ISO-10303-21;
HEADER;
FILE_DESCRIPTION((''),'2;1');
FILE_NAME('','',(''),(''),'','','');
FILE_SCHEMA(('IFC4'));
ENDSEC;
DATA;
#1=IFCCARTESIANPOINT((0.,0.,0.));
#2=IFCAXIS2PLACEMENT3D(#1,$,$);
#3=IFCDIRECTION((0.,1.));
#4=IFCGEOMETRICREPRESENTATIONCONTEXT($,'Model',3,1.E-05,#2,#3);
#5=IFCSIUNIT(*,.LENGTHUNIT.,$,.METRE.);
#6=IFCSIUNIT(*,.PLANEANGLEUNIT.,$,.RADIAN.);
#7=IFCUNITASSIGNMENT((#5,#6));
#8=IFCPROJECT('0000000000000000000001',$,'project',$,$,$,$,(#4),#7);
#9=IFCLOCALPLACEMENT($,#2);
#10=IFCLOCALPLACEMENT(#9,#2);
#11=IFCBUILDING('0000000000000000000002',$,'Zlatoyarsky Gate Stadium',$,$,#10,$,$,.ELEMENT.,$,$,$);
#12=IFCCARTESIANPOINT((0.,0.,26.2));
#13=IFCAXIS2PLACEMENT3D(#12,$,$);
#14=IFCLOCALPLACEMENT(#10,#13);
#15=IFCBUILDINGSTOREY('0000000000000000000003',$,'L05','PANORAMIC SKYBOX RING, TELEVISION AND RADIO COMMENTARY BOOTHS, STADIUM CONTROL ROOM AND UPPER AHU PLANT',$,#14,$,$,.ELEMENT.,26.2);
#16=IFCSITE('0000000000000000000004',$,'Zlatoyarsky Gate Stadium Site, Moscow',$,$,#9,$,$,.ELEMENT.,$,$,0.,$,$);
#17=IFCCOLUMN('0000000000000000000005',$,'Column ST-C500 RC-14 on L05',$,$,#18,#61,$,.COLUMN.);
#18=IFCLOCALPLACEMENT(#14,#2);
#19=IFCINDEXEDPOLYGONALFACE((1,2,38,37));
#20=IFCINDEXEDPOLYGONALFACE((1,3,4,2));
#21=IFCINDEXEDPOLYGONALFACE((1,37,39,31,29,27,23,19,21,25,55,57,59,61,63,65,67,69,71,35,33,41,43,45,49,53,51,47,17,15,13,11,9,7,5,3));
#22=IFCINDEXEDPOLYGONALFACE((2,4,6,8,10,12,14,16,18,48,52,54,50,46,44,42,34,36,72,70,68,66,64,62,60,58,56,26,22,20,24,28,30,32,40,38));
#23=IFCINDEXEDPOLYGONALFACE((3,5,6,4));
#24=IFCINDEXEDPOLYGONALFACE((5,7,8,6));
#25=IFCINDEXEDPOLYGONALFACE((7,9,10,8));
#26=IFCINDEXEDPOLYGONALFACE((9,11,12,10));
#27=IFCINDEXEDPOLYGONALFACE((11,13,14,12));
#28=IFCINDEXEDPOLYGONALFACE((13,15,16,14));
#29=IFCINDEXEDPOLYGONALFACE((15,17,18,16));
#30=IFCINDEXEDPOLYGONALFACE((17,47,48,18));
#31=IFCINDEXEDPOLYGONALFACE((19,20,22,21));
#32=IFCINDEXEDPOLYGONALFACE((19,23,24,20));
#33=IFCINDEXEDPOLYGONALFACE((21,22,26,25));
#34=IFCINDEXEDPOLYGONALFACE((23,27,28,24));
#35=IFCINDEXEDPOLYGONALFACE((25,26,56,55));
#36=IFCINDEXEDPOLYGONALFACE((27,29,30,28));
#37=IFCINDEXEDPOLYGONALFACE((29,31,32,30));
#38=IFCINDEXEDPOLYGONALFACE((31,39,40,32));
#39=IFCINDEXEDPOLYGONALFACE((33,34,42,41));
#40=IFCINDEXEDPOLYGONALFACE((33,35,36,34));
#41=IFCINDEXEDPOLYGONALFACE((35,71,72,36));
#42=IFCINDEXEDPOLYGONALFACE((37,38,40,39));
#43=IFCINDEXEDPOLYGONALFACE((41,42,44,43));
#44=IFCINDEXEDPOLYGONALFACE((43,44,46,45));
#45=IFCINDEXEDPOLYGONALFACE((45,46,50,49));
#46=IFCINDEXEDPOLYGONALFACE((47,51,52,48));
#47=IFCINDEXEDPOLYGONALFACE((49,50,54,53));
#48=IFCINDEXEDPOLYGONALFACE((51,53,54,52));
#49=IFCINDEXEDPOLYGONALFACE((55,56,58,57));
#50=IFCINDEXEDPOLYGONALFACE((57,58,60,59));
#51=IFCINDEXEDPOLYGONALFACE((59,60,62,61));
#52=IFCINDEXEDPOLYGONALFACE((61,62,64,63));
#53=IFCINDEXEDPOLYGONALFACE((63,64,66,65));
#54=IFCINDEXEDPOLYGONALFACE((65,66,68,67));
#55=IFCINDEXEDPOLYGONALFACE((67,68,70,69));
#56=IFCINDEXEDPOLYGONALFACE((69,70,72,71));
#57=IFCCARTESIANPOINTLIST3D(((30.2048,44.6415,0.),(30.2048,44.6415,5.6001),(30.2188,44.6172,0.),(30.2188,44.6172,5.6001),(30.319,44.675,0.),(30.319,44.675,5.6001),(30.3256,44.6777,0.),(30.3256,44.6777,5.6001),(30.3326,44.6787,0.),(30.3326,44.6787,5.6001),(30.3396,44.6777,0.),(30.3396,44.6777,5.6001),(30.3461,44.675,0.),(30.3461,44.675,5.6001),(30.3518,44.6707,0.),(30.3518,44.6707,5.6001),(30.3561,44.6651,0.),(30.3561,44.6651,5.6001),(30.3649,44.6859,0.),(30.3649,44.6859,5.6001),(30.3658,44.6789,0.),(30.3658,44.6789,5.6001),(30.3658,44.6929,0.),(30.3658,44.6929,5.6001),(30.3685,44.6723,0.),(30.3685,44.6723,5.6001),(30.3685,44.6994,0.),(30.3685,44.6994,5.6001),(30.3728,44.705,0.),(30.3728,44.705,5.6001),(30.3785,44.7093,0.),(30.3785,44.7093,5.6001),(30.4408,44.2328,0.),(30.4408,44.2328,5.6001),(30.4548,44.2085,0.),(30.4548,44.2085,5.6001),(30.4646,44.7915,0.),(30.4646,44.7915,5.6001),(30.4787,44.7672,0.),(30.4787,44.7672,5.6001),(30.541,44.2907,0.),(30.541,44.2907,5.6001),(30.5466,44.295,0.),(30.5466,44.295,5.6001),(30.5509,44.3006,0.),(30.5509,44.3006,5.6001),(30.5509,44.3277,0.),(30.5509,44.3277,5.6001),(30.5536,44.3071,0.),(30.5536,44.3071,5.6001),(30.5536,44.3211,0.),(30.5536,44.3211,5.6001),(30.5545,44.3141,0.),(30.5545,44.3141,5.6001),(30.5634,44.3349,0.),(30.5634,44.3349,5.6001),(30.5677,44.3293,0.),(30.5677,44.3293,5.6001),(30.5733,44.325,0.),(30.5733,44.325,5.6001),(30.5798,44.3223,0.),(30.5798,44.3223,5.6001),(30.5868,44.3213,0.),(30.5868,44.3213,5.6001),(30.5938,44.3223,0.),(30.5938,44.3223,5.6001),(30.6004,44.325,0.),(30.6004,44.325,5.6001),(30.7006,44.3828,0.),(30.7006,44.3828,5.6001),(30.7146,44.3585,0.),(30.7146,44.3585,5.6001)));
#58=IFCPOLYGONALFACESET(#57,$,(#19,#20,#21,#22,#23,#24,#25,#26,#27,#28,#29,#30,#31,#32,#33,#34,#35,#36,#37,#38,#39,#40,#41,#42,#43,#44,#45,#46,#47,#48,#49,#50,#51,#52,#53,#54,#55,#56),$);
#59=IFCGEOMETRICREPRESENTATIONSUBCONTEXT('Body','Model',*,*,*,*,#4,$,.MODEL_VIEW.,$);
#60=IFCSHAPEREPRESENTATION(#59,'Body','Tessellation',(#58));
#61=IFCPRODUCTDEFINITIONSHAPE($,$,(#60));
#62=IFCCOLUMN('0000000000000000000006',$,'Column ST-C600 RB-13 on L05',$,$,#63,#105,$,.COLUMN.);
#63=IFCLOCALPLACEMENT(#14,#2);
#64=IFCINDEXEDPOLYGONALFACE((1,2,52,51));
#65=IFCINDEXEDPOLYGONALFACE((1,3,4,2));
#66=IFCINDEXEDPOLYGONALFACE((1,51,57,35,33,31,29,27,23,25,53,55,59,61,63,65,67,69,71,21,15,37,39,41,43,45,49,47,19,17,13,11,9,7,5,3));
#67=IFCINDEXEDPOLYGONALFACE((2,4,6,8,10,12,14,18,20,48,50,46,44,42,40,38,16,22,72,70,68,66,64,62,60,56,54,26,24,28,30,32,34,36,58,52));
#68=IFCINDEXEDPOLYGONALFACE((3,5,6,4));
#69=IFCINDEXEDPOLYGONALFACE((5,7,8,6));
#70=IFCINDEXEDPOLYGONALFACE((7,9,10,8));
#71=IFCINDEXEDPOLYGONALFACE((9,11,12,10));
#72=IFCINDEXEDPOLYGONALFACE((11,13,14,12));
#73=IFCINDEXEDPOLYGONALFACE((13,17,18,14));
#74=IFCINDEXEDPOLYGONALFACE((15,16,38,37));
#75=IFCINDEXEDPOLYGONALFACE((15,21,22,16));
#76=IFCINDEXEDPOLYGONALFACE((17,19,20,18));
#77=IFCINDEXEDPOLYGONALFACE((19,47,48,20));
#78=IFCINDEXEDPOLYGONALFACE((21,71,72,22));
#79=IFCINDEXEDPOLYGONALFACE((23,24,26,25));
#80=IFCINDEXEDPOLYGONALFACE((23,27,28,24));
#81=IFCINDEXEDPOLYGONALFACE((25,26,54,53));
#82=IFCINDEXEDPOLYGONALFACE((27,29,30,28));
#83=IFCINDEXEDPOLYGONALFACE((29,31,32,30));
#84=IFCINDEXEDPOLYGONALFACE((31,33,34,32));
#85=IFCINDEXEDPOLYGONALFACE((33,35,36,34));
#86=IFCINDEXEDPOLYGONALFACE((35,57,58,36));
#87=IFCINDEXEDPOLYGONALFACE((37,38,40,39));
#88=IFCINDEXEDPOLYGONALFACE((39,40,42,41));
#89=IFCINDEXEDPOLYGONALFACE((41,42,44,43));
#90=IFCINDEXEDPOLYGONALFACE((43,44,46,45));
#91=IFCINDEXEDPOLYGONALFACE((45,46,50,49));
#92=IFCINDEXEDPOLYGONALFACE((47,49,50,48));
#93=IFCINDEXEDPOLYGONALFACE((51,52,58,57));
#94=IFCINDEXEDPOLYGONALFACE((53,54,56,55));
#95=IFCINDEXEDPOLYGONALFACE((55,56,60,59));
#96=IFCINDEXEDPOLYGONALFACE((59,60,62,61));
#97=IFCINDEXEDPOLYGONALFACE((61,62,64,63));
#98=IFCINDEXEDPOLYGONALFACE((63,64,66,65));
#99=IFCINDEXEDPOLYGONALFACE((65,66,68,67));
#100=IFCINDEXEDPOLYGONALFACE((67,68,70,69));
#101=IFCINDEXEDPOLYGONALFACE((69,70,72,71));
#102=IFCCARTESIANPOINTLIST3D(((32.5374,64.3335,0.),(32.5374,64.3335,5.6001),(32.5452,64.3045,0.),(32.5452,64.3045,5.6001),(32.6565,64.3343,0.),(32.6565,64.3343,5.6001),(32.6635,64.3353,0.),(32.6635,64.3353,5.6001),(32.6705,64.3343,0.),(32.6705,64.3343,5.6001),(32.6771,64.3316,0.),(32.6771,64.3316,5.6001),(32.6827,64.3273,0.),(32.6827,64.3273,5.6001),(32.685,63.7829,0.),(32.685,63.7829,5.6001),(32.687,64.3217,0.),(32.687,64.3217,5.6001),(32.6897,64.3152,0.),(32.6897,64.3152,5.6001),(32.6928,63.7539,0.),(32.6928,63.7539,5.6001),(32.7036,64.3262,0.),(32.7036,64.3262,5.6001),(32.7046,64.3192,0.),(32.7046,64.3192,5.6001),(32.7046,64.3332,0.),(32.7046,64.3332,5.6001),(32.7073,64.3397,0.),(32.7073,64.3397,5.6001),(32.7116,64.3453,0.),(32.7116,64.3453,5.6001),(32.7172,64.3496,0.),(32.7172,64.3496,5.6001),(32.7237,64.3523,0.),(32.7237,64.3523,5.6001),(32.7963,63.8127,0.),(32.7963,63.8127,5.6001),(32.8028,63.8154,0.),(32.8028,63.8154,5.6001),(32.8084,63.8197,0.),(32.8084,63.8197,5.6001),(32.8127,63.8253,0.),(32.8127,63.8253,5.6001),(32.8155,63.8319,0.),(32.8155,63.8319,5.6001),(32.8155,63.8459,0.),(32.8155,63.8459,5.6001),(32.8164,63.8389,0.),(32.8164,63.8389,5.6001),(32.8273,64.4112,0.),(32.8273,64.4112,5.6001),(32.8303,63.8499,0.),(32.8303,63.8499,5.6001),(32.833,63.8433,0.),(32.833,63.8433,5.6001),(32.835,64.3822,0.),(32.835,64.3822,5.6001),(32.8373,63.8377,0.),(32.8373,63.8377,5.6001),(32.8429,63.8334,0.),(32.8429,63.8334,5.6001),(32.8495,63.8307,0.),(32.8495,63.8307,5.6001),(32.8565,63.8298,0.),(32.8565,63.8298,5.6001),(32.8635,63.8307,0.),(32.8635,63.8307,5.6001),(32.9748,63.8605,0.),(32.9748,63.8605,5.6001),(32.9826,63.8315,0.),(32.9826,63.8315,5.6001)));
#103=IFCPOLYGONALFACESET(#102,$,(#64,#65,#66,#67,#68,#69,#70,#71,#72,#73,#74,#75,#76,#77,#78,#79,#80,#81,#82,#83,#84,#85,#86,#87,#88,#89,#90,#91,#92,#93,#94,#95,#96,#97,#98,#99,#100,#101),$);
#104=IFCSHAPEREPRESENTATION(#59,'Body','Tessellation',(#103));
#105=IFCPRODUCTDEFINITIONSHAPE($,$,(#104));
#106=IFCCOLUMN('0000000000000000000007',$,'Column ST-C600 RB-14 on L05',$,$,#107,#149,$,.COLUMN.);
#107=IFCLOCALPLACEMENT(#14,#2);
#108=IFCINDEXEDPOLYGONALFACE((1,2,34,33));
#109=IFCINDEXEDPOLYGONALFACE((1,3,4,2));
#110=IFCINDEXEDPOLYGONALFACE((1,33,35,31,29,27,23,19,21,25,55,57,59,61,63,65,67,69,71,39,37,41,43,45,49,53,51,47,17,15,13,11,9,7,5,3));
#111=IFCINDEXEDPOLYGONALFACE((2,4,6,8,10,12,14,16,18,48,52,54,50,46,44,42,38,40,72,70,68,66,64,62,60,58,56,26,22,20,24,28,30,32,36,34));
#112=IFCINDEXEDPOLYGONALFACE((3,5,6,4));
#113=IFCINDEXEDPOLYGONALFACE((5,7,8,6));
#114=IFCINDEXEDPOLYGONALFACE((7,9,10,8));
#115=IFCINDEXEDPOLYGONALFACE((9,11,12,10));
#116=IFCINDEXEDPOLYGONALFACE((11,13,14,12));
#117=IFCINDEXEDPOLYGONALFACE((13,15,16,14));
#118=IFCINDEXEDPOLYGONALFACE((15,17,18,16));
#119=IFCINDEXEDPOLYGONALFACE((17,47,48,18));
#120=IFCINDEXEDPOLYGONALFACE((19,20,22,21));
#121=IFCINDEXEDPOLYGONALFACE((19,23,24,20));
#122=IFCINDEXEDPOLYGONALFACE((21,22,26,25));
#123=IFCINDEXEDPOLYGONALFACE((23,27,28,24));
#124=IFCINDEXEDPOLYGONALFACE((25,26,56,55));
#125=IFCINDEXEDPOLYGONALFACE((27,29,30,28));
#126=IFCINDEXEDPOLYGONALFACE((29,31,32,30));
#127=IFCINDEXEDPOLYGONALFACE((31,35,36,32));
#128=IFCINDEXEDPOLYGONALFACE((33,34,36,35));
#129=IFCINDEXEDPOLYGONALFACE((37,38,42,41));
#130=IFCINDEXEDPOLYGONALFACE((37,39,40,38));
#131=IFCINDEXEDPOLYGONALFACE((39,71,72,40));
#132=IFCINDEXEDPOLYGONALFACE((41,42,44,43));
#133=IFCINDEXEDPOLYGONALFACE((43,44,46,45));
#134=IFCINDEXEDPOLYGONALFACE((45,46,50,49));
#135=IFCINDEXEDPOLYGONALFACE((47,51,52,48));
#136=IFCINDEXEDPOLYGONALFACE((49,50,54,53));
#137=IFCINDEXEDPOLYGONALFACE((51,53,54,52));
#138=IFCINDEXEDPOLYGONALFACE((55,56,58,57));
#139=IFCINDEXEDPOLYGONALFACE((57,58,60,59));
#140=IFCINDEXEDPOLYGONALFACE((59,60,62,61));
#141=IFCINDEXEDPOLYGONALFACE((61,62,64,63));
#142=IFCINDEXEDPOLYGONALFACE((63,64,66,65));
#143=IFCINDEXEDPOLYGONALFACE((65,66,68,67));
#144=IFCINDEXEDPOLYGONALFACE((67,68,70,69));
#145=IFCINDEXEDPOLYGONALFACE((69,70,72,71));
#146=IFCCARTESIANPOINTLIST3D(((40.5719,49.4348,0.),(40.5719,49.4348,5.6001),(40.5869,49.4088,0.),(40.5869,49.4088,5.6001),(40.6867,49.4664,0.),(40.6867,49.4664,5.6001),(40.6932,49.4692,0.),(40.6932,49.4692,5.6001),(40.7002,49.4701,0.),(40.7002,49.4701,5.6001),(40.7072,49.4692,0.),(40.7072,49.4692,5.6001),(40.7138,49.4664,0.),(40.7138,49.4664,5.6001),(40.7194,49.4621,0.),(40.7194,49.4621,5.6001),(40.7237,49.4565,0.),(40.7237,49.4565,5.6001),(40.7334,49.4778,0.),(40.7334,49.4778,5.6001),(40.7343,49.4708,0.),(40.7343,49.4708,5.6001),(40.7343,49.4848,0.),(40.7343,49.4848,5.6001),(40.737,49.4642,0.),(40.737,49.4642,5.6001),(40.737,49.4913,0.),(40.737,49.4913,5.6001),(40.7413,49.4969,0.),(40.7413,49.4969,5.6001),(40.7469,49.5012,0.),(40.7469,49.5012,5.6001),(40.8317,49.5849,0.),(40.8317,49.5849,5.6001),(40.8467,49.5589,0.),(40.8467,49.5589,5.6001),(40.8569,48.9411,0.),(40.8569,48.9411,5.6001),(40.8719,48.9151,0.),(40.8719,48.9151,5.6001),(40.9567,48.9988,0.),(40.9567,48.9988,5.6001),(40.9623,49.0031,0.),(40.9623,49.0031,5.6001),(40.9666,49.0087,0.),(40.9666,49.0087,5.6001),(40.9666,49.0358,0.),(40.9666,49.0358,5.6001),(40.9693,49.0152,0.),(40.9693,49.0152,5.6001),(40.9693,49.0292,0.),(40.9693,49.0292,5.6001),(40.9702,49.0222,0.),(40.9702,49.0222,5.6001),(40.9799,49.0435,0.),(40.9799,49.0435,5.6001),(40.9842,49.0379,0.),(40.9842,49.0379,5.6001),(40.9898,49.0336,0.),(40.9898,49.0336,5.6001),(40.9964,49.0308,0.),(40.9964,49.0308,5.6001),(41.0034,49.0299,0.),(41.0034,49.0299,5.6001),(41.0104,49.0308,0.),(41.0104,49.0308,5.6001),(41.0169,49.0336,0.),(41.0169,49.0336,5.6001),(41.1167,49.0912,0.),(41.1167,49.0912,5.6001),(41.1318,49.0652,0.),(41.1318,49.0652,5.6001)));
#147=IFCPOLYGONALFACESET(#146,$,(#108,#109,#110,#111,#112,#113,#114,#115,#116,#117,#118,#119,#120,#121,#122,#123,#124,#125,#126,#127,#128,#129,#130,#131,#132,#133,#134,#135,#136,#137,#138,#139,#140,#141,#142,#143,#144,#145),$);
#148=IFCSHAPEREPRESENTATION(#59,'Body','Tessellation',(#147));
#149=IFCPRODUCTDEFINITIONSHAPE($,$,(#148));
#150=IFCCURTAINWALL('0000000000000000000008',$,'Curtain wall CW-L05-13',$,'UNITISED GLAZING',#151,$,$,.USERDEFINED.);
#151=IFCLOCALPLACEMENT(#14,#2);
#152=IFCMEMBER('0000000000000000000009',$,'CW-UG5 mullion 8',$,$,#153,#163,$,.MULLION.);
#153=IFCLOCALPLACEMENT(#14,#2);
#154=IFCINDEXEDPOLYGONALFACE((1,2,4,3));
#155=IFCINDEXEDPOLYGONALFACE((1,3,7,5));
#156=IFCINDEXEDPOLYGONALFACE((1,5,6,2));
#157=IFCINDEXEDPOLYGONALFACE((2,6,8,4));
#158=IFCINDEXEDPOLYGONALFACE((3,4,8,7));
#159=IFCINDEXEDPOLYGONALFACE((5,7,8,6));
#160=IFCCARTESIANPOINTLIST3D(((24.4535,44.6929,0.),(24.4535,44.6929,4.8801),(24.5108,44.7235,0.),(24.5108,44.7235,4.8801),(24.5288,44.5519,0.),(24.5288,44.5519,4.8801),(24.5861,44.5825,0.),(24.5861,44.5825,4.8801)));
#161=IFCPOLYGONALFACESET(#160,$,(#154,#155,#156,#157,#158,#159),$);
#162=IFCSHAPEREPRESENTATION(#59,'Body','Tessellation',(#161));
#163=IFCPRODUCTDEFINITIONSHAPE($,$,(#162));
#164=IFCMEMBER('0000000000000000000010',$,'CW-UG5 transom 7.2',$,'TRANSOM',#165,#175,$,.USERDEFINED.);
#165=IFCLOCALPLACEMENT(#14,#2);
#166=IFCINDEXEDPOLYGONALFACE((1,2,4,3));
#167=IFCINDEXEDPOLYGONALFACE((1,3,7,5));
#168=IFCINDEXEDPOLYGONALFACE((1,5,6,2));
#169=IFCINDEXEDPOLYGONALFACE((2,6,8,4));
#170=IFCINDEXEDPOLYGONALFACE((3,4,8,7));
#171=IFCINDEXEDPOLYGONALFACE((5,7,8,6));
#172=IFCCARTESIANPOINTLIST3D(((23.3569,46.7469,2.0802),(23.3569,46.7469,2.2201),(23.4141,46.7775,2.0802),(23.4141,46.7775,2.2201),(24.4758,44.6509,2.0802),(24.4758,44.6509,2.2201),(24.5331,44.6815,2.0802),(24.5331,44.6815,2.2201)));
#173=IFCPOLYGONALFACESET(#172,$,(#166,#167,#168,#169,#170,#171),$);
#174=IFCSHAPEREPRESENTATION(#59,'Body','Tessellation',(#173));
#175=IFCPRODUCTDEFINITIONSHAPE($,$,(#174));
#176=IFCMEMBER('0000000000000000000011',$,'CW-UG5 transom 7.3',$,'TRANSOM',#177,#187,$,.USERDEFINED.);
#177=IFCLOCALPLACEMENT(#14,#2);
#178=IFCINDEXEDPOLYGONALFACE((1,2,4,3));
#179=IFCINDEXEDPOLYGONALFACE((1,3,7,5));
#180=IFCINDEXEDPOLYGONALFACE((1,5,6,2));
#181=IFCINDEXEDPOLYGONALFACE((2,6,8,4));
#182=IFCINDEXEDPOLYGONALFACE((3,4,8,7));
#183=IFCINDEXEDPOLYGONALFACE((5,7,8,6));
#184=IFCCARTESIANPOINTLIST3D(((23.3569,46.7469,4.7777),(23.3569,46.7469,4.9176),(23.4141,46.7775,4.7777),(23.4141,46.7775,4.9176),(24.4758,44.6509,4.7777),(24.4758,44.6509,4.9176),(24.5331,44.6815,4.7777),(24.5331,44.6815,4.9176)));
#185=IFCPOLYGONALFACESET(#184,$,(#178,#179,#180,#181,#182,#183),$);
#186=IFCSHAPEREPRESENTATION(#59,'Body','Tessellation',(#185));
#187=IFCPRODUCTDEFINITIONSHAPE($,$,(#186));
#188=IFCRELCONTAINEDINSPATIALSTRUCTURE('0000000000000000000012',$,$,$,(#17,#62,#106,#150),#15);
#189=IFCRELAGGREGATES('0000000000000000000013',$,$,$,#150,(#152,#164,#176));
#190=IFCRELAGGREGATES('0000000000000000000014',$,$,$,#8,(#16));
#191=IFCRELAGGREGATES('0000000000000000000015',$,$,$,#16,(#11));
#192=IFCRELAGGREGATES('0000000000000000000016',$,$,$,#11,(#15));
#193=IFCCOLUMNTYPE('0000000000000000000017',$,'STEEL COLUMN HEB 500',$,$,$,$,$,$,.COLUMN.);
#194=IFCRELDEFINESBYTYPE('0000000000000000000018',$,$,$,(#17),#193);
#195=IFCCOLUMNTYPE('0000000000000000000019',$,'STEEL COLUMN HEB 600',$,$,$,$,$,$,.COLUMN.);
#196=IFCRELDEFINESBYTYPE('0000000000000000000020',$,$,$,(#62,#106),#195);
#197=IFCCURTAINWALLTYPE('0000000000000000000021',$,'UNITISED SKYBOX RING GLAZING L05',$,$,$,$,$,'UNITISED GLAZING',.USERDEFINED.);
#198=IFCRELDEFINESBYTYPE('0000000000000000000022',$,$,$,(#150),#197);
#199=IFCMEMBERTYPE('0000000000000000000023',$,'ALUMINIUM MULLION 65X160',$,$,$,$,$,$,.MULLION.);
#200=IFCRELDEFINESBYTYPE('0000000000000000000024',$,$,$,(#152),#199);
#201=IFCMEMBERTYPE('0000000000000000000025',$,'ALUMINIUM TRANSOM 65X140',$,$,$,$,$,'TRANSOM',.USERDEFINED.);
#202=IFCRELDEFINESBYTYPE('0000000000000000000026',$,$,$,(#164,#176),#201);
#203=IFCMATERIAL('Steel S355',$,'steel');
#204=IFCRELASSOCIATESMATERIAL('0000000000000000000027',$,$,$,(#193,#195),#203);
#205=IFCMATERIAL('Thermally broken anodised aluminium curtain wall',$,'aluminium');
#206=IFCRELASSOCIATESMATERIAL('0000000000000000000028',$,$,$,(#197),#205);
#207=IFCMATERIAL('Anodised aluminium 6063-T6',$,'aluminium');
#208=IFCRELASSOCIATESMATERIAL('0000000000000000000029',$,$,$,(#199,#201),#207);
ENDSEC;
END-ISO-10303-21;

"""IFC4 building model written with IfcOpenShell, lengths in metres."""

from ifc_helpers import new_model, si_unit, direction, frame, origin, origin_2d, place, context, subcontext, project, spatial, rectangle, i_section, extrude, material, material_profile, profile_set, type_object, element, aggregate, save


model = new_model("IFC4")

# Units and contexts
model_context = context("Model", 3, precision=1e-05, world=origin(), true_north=direction((0.0, 1.0)))
body_context = subcontext(model_context, "Body", "Model", "MODEL_VIEW")
ifc_project = project(units=[si_unit("LENGTHUNIT", "METRE"), si_unit("PLANEANGLEUNIT", "RADIAN")], contexts=[model_context])

# Site, building, storey
site_placement = place(None, origin())
site = spatial("IfcSite", under=ifc_project, at=site_placement, Name="Zlatoyarsky Gate Stadium Site, Moscow", CompositionType="ELEMENT", RefElevation=0.0)
building_placement = place(site_placement, origin())
building = spatial("IfcBuilding", under=site, at=building_placement, Name="Zlatoyarsky Gate Stadium", CompositionType="ELEMENT")
storey_placement = place(building_placement, frame((0.0, 0.0, 26.2)))
storey = spatial("IfcBuildingStorey", under=building, at=storey_placement, Name="L05", Description="PANORAMIC SKYBOX RING, TELEVISION AND RADIO COMMENTARY BOOTHS, STADIUM CONTROL ROOM AND UPPER AHU PLANT", CompositionType="ELEMENT", Elevation=26.2)

# Columns
ifc_material_1 = material(Name="Steel S355", Category="steel")
ifc_material_profile_1 = material_profile(ifc_material_1, i_section(OverallWidth=0.3, OverallDepth=0.5, WebThickness=0.0144, FlangeThickness=0.0281, FilletRadius=0.0271, at=origin_2d()), Name="HEB 500")
ifc_profile_set_1 = profile_set([ifc_material_profile_1], Name="Steel S355")
column_type_1 = type_object("IfcColumnType", Name="STEEL COLUMN HEB 500", PredefinedType="COLUMN", material=ifc_profile_set_1)
column_placement = place(storey_placement, frame((30.4597, 44.5, 0.0), z_axis=(0.0, 0.0, 1.0), x_axis=(-0.866025, -0.5, 0.0)))
element("IfcColumn", 1, at=column_placement, inside=storey, type_object=column_type_1, Name="Column ST-C500 RC-14 on L05", PredefinedType="COLUMN", context=body_context, shape_type="SweptSolid", body=[
    extrude(i_section(OverallWidth=0.3, OverallDepth=0.5, WebThickness=0.0144, FlangeThickness=0.0281, FilletRadius=0.0271, at=origin_2d()), origin(), (0.0, 0.0, 1.0), 5.6001),
])
ifc_material_profile_2 = material_profile(ifc_material_1, i_section(OverallWidth=0.3, OverallDepth=0.6001, WebThickness=0.0154, FlangeThickness=0.03, FilletRadius=0.0271, at=origin_2d()), Name="HEB 600")
ifc_profile_set_2 = profile_set([ifc_material_profile_2], Name="Steel S355")
column_type_2 = type_object("IfcColumnType", Name="STEEL COLUMN HEB 600", PredefinedType="COLUMN", material=ifc_profile_set_2)
for number, where, z_axis, x_axis, name in (
    (2, (32.76, 64.0825, 0.0), (0.0, 0.0, 1.0), (-0.965926, -0.258819, 0.0), "Column ST-C600 RB-13 on L05"),
    (3, (40.8518, 49.25, 0.0), (0.0, 0.0, 1.0), (-0.866025, -0.5, 0.0), "Column ST-C600 RB-14 on L05"),
):
    element("IfcColumn", number, at=place(storey_placement, frame(where, z_axis=z_axis, x_axis=x_axis)), inside=storey, type_object=column_type_2, Name=name, PredefinedType="COLUMN", context=body_context, shape_type="SweptSolid", body=[
        extrude(i_section(OverallWidth=0.3, OverallDepth=0.6001, WebThickness=0.0154, FlangeThickness=0.03, FilletRadius=0.0271, at=origin_2d()), origin(), (0.0, 0.0, 1.0), 5.6001),
    ])

# Curtain wall, members
ifc_material_2 = material(Name="Thermally broken anodised aluminium curtain wall", Category="aluminium")
curtain_wall_type = type_object("IfcCurtainWallType", Name="UNITISED SKYBOX RING GLAZING L05", ElementType="UNITISED GLAZING", PredefinedType="USERDEFINED", material=ifc_material_2)
curtain_wall_placement = place(storey_placement, origin())
curtain_wall = element("IfcCurtainWall", 4, at=curtain_wall_placement, inside=storey, type_object=curtain_wall_type, Name="Curtain wall CW-L05-13", ObjectType="UNITISED GLAZING", PredefinedType="USERDEFINED")
ifc_material_3 = material(Name="Anodised aluminium 6063-T6", Category="aluminium")
ifc_material_profile_3 = material_profile(ifc_material_3, rectangle(XDim=0.0649, YDim=0.1599, at=origin_2d()), Name="ALU 65X160")
ifc_profile_set_3 = profile_set([ifc_material_profile_3], Name="Anodised aluminium 6063-T6")
member_type_1 = type_object("IfcMemberType", Name="ALUMINIUM MULLION 65X160", PredefinedType="MULLION", material=ifc_profile_set_3)
member_1_placement = place(storey_placement, frame((24.5198, 44.6377, 0.0), z_axis=(0.0, 0.0, 1.0), x_axis=(0.882167, 0.470937, 0.0)))
member_1 = element("IfcMember", 5, at=member_1_placement, type_object=member_type_1, Name="CW-UG5 mullion 8", PredefinedType="MULLION", context=body_context, shape_type="SweptSolid", body=[
    extrude(rectangle(XDim=0.0649, YDim=0.1599, at=origin_2d()), origin(), (0.0, 0.0, 1.0), 4.8801),
])
ifc_material_profile_4 = material_profile(ifc_material_3, rectangle(XDim=0.0649, YDim=0.1399, at=origin_2d()), Name="ALU 65X140")
ifc_profile_set_4 = profile_set([ifc_material_profile_4], Name="Anodised aluminium 6063-T6")
member_type_2 = type_object("IfcMemberType", Name="ALUMINIUM TRANSOM 65X140", ElementType="TRANSOM", PredefinedType="USERDEFINED", material=ifc_profile_set_4)
member_2_placement = place(storey_placement, frame((23.3855, 46.7622, 2.1501), z_axis=(0.470935, -0.882168, 0.0), x_axis=(0.882168, 0.470935, 0.0)))
member_2 = element("IfcMember", 6, at=member_2_placement, type_object=member_type_2, Name="CW-UG5 transom 7.2", ObjectType="TRANSOM", PredefinedType="USERDEFINED", context=body_context, shape_type="SweptSolid", body=[
    extrude(rectangle(XDim=0.0649, YDim=0.1399, at=origin_2d()), origin(), (0.0, 0.0, 1.0), 2.376),
])
member_3_placement = place(storey_placement, frame((23.3855, 46.7622, 4.8477), z_axis=(0.470935, -0.882168, 0.0), x_axis=(0.882168, 0.470935, 0.0)))
member_3 = element("IfcMember", 7, at=member_3_placement, type_object=member_type_2, Name="CW-UG5 transom 7.3", ObjectType="TRANSOM", PredefinedType="USERDEFINED", context=body_context, shape_type="SweptSolid", body=[
    extrude(rectangle(XDim=0.0649, YDim=0.1399, at=origin_2d()), origin(), (0.0, 0.0, 1.0), 2.376),
])

aggregate(curtain_wall, [member_1, member_2, member_3])

save(model, "model.ifc")
